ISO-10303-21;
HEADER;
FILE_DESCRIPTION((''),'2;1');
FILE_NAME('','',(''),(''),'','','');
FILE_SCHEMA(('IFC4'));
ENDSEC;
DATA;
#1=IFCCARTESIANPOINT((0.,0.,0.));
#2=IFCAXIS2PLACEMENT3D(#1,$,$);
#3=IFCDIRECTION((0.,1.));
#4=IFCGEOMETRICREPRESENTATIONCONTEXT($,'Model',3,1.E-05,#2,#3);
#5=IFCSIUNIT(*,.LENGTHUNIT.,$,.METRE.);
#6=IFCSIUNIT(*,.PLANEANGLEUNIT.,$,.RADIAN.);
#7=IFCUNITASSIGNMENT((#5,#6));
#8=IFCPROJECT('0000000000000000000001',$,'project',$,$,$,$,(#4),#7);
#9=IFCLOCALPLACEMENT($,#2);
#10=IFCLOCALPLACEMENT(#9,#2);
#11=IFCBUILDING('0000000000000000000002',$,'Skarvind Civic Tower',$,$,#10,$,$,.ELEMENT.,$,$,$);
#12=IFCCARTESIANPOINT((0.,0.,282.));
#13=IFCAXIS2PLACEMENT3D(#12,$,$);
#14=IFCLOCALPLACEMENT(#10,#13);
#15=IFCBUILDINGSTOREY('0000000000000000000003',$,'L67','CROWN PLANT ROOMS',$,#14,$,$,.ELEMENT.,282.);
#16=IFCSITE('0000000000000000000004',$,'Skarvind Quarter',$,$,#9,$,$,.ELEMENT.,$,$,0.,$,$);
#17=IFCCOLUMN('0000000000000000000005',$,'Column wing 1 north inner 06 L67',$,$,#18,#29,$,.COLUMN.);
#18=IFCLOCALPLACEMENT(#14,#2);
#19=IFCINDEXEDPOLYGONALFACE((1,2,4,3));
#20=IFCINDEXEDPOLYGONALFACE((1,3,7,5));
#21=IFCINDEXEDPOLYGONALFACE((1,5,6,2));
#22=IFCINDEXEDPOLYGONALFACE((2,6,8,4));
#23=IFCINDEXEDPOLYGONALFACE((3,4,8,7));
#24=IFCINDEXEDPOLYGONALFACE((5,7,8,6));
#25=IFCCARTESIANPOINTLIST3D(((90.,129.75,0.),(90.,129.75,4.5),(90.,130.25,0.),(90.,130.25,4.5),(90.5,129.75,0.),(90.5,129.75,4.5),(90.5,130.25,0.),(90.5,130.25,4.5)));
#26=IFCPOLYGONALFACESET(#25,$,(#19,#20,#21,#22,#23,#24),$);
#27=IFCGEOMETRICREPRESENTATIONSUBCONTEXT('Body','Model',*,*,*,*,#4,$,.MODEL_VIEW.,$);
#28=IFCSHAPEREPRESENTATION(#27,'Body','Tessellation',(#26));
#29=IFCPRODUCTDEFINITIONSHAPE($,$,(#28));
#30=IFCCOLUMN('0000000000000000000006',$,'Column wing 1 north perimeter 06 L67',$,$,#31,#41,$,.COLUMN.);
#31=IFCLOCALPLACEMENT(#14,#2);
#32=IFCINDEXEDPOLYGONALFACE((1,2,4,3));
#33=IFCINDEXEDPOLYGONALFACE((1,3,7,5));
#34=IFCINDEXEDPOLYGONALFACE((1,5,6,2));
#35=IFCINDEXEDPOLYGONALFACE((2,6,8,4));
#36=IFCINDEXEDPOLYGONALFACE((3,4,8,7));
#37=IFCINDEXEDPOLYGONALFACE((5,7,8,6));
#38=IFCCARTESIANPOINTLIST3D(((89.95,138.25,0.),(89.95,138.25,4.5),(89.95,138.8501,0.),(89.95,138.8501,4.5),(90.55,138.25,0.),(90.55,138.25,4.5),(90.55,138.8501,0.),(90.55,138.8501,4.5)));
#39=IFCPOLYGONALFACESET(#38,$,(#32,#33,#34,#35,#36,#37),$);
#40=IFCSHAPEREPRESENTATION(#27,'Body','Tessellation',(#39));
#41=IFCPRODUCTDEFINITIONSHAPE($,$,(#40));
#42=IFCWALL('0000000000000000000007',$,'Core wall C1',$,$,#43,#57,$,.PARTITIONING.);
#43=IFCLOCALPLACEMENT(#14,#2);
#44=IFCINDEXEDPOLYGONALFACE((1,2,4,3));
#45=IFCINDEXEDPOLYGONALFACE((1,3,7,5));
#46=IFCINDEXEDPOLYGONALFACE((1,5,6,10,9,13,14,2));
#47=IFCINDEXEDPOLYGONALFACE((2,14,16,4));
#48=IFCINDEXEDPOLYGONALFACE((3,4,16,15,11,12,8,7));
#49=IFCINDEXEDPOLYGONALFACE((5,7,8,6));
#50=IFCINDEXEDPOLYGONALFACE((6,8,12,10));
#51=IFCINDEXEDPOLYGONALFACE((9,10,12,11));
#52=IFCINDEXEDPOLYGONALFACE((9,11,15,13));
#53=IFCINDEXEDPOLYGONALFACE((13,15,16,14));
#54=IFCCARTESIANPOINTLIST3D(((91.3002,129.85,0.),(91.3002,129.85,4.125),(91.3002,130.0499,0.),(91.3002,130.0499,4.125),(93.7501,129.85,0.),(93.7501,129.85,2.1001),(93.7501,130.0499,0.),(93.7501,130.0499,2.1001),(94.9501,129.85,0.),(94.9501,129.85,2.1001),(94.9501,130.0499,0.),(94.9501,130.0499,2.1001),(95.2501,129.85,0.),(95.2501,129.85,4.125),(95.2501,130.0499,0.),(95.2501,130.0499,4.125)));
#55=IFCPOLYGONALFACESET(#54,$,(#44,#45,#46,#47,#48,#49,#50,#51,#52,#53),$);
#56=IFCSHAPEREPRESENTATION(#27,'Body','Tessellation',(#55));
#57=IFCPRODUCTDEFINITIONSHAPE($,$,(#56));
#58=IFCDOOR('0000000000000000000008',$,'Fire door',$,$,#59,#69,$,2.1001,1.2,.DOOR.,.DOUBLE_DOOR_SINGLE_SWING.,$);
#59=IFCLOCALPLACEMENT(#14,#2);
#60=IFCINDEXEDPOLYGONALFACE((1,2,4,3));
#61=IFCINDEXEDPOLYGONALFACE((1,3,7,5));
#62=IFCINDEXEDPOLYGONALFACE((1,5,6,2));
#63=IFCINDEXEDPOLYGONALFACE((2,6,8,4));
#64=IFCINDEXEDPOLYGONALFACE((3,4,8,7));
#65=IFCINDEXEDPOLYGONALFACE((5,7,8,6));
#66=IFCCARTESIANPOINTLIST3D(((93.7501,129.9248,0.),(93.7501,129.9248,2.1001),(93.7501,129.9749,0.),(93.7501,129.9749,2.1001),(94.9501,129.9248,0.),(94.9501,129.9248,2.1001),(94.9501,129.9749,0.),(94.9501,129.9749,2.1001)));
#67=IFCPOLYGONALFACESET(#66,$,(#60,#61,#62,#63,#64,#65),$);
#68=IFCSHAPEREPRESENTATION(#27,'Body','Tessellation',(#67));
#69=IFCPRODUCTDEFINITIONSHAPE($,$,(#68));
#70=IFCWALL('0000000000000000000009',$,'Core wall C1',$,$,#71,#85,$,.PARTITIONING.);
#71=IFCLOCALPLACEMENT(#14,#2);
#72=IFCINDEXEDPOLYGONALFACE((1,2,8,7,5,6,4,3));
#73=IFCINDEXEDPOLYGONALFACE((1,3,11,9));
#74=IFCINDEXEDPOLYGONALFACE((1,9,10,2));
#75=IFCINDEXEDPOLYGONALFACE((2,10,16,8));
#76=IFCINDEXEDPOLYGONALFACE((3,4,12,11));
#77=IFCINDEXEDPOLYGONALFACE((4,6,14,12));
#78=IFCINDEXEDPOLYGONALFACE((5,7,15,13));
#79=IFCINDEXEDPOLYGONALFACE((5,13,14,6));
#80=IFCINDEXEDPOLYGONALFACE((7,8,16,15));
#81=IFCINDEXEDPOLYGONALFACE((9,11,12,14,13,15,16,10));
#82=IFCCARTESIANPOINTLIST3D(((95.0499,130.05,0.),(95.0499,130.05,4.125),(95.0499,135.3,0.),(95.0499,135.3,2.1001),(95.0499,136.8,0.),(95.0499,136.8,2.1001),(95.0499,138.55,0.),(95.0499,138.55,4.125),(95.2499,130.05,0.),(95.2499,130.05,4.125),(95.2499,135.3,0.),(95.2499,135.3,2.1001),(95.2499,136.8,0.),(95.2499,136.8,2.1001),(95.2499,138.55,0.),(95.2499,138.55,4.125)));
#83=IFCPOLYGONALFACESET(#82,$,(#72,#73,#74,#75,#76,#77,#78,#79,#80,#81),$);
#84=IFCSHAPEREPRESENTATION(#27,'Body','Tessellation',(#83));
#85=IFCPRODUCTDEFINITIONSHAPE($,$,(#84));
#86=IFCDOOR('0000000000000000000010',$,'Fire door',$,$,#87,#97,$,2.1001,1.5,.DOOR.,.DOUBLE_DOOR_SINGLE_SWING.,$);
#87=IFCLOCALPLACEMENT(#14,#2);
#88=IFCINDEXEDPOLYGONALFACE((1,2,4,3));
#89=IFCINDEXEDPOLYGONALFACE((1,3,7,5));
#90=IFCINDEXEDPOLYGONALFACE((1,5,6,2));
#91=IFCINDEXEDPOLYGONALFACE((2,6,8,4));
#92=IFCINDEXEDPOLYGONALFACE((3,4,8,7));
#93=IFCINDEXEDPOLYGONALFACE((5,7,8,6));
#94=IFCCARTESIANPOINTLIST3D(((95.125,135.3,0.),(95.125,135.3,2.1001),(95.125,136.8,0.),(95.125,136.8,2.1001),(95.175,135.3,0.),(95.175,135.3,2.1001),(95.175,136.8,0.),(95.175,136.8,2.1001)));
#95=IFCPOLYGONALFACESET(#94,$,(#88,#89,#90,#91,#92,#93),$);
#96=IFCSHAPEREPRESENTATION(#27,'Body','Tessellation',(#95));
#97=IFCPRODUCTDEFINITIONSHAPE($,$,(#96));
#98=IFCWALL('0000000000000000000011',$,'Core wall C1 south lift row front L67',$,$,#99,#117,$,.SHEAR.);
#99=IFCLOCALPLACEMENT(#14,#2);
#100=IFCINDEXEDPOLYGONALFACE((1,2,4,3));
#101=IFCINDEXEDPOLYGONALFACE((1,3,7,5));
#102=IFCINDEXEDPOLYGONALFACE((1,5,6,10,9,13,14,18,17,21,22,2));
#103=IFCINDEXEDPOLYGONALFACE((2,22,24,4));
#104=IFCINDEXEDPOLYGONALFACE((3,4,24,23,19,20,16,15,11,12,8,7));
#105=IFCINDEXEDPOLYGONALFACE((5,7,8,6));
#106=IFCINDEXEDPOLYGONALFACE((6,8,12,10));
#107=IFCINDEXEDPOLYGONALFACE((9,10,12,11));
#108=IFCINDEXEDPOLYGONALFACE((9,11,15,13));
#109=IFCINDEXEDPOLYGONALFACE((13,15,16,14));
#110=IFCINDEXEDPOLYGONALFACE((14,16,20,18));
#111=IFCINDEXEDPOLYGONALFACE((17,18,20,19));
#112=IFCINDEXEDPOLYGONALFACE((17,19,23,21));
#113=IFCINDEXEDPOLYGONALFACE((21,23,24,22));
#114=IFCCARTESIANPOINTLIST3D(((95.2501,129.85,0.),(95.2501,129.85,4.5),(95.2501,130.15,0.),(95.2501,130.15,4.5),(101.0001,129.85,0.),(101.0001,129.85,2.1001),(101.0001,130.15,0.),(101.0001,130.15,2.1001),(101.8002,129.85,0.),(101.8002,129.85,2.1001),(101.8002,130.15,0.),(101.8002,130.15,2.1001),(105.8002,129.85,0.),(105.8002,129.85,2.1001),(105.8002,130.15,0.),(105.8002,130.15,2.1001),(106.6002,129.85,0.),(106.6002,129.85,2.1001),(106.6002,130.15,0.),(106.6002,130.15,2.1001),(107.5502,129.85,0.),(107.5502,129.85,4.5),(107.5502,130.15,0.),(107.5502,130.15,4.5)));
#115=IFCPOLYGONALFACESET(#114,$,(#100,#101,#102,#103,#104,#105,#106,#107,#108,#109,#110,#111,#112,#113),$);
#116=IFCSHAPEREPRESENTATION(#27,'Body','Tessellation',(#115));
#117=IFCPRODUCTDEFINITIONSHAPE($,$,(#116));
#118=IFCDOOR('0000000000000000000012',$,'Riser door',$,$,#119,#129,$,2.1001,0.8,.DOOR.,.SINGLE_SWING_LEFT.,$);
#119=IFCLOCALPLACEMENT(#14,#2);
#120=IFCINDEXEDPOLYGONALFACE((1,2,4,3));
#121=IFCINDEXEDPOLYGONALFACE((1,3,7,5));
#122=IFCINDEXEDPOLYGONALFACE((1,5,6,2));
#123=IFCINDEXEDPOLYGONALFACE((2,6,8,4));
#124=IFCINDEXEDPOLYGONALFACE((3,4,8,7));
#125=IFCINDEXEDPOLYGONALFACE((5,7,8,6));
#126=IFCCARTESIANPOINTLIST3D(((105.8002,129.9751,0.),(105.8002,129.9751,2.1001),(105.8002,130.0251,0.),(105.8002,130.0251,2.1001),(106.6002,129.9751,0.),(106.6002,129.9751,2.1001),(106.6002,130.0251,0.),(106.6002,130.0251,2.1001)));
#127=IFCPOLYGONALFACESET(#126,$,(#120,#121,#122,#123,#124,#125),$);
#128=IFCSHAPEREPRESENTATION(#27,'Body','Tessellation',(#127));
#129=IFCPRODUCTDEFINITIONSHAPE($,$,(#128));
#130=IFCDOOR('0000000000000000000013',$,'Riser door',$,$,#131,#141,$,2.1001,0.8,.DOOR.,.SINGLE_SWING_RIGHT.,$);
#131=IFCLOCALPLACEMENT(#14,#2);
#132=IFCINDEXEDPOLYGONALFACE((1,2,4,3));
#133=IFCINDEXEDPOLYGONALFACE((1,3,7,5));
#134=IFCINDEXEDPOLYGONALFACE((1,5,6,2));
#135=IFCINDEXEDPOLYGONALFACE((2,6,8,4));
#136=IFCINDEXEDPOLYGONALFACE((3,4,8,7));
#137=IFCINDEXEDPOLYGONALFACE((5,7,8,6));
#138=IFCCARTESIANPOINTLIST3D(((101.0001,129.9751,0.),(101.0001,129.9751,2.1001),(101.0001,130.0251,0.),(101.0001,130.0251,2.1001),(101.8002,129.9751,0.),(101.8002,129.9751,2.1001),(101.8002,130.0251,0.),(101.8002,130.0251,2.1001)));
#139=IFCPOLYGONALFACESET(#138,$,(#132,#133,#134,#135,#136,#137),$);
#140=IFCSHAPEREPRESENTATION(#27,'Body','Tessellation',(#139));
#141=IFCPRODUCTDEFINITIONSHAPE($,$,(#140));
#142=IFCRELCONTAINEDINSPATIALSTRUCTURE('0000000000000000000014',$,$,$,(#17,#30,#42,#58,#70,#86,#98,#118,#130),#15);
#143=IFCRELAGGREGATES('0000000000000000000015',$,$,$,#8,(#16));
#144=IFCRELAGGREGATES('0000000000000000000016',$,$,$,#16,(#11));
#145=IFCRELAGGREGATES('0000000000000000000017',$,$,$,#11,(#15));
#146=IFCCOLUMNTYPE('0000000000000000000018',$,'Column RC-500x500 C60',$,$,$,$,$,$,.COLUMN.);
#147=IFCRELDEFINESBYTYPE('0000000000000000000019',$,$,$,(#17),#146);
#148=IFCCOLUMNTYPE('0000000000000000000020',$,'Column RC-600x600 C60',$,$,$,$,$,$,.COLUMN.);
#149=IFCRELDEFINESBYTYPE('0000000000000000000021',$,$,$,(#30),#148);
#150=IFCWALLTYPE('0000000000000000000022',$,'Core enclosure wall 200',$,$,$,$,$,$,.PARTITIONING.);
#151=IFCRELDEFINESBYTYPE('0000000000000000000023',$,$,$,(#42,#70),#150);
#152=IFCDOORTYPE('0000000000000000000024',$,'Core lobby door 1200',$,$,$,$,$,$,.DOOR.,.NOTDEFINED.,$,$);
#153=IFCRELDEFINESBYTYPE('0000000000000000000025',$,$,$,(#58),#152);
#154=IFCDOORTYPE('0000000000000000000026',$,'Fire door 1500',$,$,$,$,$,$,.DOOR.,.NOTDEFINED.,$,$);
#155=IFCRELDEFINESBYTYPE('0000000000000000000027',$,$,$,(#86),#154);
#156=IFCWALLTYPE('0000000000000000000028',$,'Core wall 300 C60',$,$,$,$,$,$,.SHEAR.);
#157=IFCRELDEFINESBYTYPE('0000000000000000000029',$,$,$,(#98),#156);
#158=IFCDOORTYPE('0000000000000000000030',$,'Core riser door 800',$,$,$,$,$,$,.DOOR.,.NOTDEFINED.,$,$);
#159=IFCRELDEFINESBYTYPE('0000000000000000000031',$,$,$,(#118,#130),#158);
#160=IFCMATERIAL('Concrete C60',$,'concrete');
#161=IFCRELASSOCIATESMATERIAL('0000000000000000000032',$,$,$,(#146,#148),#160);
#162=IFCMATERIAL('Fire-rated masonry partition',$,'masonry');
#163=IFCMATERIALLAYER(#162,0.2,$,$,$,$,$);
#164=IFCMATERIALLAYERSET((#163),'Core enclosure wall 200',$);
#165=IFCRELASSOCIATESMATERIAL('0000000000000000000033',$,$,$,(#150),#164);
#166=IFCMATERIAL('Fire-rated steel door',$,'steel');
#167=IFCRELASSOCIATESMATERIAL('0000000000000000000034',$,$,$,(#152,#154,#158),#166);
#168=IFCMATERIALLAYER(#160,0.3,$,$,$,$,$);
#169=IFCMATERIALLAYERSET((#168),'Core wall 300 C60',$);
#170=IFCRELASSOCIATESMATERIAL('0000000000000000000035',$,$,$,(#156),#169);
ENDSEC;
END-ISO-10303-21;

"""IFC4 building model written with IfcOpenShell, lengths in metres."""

from ifc_helpers import new_model, si_unit, direction, frame, frame_2d, origin, origin_2d, place, context, subcontext, project, spatial, rectangle, extrude, material, layer, layer_set, material_profile, profile_set, type_object, element, fill, save


model = new_model("IFC4")

# Units and contexts
model_context = context("Model", 3, precision=1e-05, world=origin(), true_north=direction((0.0, 1.0)))
body_context = subcontext(model_context, "Body", "Model", "MODEL_VIEW")
ifc_project = project(units=[si_unit("LENGTHUNIT", "METRE"), si_unit("PLANEANGLEUNIT", "RADIAN")], contexts=[model_context])

# Site, building, storey
site_placement = place(None, origin())
site = spatial("IfcSite", under=ifc_project, at=site_placement, Name="Skarvind Quarter", CompositionType="ELEMENT", RefElevation=0.0)
building_placement = place(site_placement, origin())
building = spatial("IfcBuilding", under=site, at=building_placement, Name="Skarvind Civic Tower", CompositionType="ELEMENT")
storey_placement = place(building_placement, frame((0.0, 0.0, 282.0)))
storey = spatial("IfcBuildingStorey", under=building, at=storey_placement, Name="L67", Description="CROWN PLANT ROOMS", CompositionType="ELEMENT", Elevation=282.0)

# Columns
ifc_material_1 = material(Name="Concrete C60", Category="concrete")
ifc_material_profile_1 = material_profile(ifc_material_1, rectangle(XDim=0.5, YDim=0.5, at=origin_2d()), Name="RC-500x500")
ifc_profile_set_1 = profile_set([ifc_material_profile_1], Name="Concrete C60")
column_type_1 = type_object("IfcColumnType", Name="Column RC-500x500 C60", PredefinedType="COLUMN", material=ifc_profile_set_1)
column_1_placement = place(storey_placement, frame((90.25, 130.0, 0.0), z_axis=(0.0, 0.0, 1.0), x_axis=(1.0, 0.0, 0.0)))
element("IfcColumn", 1, at=column_1_placement, inside=storey, type_object=column_type_1, Name="Column wing 1 north inner 06 L67", PredefinedType="COLUMN", context=body_context, shape_type="SweptSolid", body=[
    extrude(rectangle(XDim=0.5, YDim=0.5, at=origin_2d()), origin(), (0.0, 0.0, 1.0), 4.5),
])
ifc_material_profile_2 = material_profile(ifc_material_1, rectangle(XDim=0.6001, YDim=0.6001, at=origin_2d()), Name="RC-600x600")
ifc_profile_set_2 = profile_set([ifc_material_profile_2], Name="Concrete C60")
column_type_2 = type_object("IfcColumnType", Name="Column RC-600x600 C60", PredefinedType="COLUMN", material=ifc_profile_set_2)
column_2_placement = place(storey_placement, frame((90.25, 138.55, 0.0), z_axis=(0.0, 0.0, 1.0), x_axis=(1.0, 0.0, 0.0)))
element("IfcColumn", 2, at=column_2_placement, inside=storey, type_object=column_type_2, Name="Column wing 1 north perimeter 06 L67", PredefinedType="COLUMN", context=body_context, shape_type="SweptSolid", body=[
    extrude(rectangle(XDim=0.6001, YDim=0.6001, at=origin_2d()), origin(), (0.0, 0.0, 1.0), 4.5),
])

# Walls, openings, doors
ifc_material_2 = material(Name="Fire-rated masonry partition", Category="masonry")
ifc_layer_1 = layer(ifc_material_2, 0.2)
ifc_layer_set_1 = layer_set([ifc_layer_1], Name="Core enclosure wall 200")
wall_type_1 = type_object("IfcWallType", Name="Core enclosure wall 200", PredefinedType="PARTITIONING", material=ifc_layer_set_1)
wall_1_placement = place(storey_placement, frame((91.3, 129.95, 0.0), z_axis=(0.0, 0.0, 1.0), x_axis=(1.0, 0.0, 0.0)))
wall_1 = element("IfcWall", 3, at=wall_1_placement, inside=storey, type_object=wall_type_1, Name="Core wall C1", PredefinedType="PARTITIONING", context=body_context, shape_type="SweptSolid", body=[
    extrude(rectangle(XDim=3.95, YDim=0.2, at=frame_2d((1.9751, 0.0))), origin(), (0.0, 0.0, 1.0), 4.125),
])
opening_1_placement = place(wall_1_placement, frame((2.45, 0.0, 0.0)))
opening_1 = element("IfcOpeningElement", 4, at=opening_1_placement, cuts=wall_1, PredefinedType="OPENING", context=body_context, shape_type="SweptSolid", body=[
    extrude(rectangle(XDim=1.2, YDim=2.1001, at=frame_2d((0.6001, 1.05))), frame((0.0, 0.1099, 0.0), z_axis=(0.0, -1.0, 0.0), x_axis=(1.0, 0.0, 0.0)), (0.0, 0.0, 1.0), 0.22),
])
ifc_material_3 = material(Name="Fire-rated steel door", Category="steel")
door_type_1 = type_object("IfcDoorType", Name="Core lobby door 1200", OperationType="NOTDEFINED", PredefinedType="DOOR", material=ifc_material_3)
door_1_placement = place(opening_1_placement, origin())
door_1 = element("IfcDoor", 5, at=door_1_placement, inside=storey, type_object=door_type_1, Name="Fire door", OperationType="DOUBLE_DOOR_SINGLE_SWING", OverallHeight=2.1001, OverallWidth=1.2, PredefinedType="DOOR", context=body_context, shape_type="SweptSolid", body=[
    extrude(rectangle(XDim=1.2, YDim=2.1001, at=frame_2d((0.6001, 1.05))), frame((0.0, 0.0249, 0.0), z_axis=(0.0, -1.0, 0.0), x_axis=(1.0, 0.0, 0.0)), (0.0, 0.0, 1.0), 0.05),
])
fill(opening_1, door_1)
wall_2_placement = place(storey_placement, frame((95.1499, 130.05, 0.0), z_axis=(0.0, 0.0, 1.0), x_axis=(0.0, 1.0, 0.0)))
wall_2 = element("IfcWall", 6, at=wall_2_placement, inside=storey, type_object=wall_type_1, Name="Core wall C1", PredefinedType="PARTITIONING", context=body_context, shape_type="SweptSolid", body=[
    extrude(rectangle(XDim=8.5, YDim=0.2, at=frame_2d((4.25, 0.0))), origin(), (0.0, 0.0, 1.0), 4.125),
])
opening_2_placement = place(wall_2_placement, frame((5.25, 0.0, 0.0)))
opening_2 = element("IfcOpeningElement", 7, at=opening_2_placement, cuts=wall_2, PredefinedType="OPENING", context=body_context, shape_type="SweptSolid", body=[
    extrude(rectangle(XDim=1.5, YDim=2.1001, at=frame_2d((0.75, 1.05))), frame((0.0, 0.1099, 0.0), z_axis=(0.0, -1.0, 0.0), x_axis=(1.0, 0.0, 0.0)), (0.0, 0.0, 1.0), 0.22),
])
door_type_2 = type_object("IfcDoorType", Name="Fire door 1500", OperationType="NOTDEFINED", PredefinedType="DOOR", material=ifc_material_3)
door_2_placement = place(opening_2_placement, origin())
door_2 = element("IfcDoor", 8, at=door_2_placement, inside=storey, type_object=door_type_2, Name="Fire door", OperationType="DOUBLE_DOOR_SINGLE_SWING", OverallHeight=2.1001, OverallWidth=1.5, PredefinedType="DOOR", context=body_context, shape_type="SweptSolid", body=[
    extrude(rectangle(XDim=1.5, YDim=2.1001, at=frame_2d((0.75, 1.05))), frame((0.0, 0.0249, 0.0), z_axis=(0.0, -1.0, 0.0), x_axis=(1.0, 0.0, 0.0)), (0.0, 0.0, 1.0), 0.05),
])
fill(opening_2, door_2)

# Wall, openings, doors
ifc_layer_2 = layer(ifc_material_1, 0.3)
ifc_layer_set_2 = layer_set([ifc_layer_2], Name="Core wall 300 C60")
wall_type_2 = type_object("IfcWallType", Name="Core wall 300 C60", PredefinedType="SHEAR", material=ifc_layer_set_2)
wall_3_placement = place(storey_placement, frame((107.55, 130.0, 0.0), z_axis=(0.0, 0.0, 1.0), x_axis=(-1.0, 0.0, 0.0)))
wall_3 = element("IfcWall", 9, at=wall_3_placement, inside=storey, type_object=wall_type_2, Name="Core wall C1 south lift row front L67", PredefinedType="SHEAR", context=body_context, shape_type="SweptSolid", body=[
    extrude(rectangle(XDim=12.3, YDim=0.3, at=frame_2d((6.1499, 0.0))), origin(), (0.0, 0.0, 1.0), 4.5),
])
opening_3_placement = place(wall_3_placement, frame((0.95, 0.0, 0.0)))
opening_3 = element("IfcOpeningElement", 10, at=opening_3_placement, cuts=wall_3, PredefinedType="OPENING", context=body_context, shape_type="SweptSolid", body=[
    extrude(rectangle(XDim=0.8, YDim=2.1001, at=frame_2d((0.3999, 1.05))), frame((0.0, 0.1599, 0.0), z_axis=(0.0, -1.0, 0.0), x_axis=(1.0, 0.0, 0.0)), (0.0, 0.0, 1.0), 0.3201),
])
opening_4_placement = place(wall_3_placement, frame((5.75, 0.0, 0.0)))
opening_4 = element("IfcOpeningElement", 11, at=opening_4_placement, cuts=wall_3, PredefinedType="OPENING", context=body_context, shape_type="SweptSolid", body=[
    extrude(rectangle(XDim=0.8, YDim=2.1001, at=frame_2d((0.3999, 1.05))), frame((0.0, 0.1599, 0.0), z_axis=(0.0, -1.0, 0.0), x_axis=(1.0, 0.0, 0.0)), (0.0, 0.0, 1.0), 0.3201),
])
door_type_3 = type_object("IfcDoorType", Name="Core riser door 800", OperationType="NOTDEFINED", PredefinedType="DOOR", material=ifc_material_3)
door_3_placement = place(opening_3_placement, origin())
door_3 = element("IfcDoor", 12, at=door_3_placement, inside=storey, type_object=door_type_3, Name="Riser door", OperationType="SINGLE_SWING_LEFT", OverallHeight=2.1001, OverallWidth=0.8, PredefinedType="DOOR", context=body_context, shape_type="SweptSolid", body=[
    extrude(rectangle(XDim=0.8, YDim=2.1001, at=frame_2d((0.3999, 1.05))), frame((0.0, 0.0249, 0.0), z_axis=(0.0, -1.0, 0.0), x_axis=(1.0, 0.0, 0.0)), (0.0, 0.0, 1.0), 0.05),
])
fill(opening_3, door_3)
door_4_placement = place(opening_4_placement, origin())
door_4 = element("IfcDoor", 13, at=door_4_placement, inside=storey, type_object=door_type_3, Name="Riser door", OperationType="SINGLE_SWING_RIGHT", OverallHeight=2.1001, OverallWidth=0.8, PredefinedType="DOOR", context=body_context, shape_type="SweptSolid", body=[
    extrude(rectangle(XDim=0.8, YDim=2.1001, at=frame_2d((0.3999, 1.05))), frame((0.0, 0.0249, 0.0), z_axis=(0.0, -1.0, 0.0), x_axis=(1.0, 0.0, 0.0)), (0.0, 0.0, 1.0), 0.05),
])
fill(opening_4, door_4)

save(model, "model.ifc")
